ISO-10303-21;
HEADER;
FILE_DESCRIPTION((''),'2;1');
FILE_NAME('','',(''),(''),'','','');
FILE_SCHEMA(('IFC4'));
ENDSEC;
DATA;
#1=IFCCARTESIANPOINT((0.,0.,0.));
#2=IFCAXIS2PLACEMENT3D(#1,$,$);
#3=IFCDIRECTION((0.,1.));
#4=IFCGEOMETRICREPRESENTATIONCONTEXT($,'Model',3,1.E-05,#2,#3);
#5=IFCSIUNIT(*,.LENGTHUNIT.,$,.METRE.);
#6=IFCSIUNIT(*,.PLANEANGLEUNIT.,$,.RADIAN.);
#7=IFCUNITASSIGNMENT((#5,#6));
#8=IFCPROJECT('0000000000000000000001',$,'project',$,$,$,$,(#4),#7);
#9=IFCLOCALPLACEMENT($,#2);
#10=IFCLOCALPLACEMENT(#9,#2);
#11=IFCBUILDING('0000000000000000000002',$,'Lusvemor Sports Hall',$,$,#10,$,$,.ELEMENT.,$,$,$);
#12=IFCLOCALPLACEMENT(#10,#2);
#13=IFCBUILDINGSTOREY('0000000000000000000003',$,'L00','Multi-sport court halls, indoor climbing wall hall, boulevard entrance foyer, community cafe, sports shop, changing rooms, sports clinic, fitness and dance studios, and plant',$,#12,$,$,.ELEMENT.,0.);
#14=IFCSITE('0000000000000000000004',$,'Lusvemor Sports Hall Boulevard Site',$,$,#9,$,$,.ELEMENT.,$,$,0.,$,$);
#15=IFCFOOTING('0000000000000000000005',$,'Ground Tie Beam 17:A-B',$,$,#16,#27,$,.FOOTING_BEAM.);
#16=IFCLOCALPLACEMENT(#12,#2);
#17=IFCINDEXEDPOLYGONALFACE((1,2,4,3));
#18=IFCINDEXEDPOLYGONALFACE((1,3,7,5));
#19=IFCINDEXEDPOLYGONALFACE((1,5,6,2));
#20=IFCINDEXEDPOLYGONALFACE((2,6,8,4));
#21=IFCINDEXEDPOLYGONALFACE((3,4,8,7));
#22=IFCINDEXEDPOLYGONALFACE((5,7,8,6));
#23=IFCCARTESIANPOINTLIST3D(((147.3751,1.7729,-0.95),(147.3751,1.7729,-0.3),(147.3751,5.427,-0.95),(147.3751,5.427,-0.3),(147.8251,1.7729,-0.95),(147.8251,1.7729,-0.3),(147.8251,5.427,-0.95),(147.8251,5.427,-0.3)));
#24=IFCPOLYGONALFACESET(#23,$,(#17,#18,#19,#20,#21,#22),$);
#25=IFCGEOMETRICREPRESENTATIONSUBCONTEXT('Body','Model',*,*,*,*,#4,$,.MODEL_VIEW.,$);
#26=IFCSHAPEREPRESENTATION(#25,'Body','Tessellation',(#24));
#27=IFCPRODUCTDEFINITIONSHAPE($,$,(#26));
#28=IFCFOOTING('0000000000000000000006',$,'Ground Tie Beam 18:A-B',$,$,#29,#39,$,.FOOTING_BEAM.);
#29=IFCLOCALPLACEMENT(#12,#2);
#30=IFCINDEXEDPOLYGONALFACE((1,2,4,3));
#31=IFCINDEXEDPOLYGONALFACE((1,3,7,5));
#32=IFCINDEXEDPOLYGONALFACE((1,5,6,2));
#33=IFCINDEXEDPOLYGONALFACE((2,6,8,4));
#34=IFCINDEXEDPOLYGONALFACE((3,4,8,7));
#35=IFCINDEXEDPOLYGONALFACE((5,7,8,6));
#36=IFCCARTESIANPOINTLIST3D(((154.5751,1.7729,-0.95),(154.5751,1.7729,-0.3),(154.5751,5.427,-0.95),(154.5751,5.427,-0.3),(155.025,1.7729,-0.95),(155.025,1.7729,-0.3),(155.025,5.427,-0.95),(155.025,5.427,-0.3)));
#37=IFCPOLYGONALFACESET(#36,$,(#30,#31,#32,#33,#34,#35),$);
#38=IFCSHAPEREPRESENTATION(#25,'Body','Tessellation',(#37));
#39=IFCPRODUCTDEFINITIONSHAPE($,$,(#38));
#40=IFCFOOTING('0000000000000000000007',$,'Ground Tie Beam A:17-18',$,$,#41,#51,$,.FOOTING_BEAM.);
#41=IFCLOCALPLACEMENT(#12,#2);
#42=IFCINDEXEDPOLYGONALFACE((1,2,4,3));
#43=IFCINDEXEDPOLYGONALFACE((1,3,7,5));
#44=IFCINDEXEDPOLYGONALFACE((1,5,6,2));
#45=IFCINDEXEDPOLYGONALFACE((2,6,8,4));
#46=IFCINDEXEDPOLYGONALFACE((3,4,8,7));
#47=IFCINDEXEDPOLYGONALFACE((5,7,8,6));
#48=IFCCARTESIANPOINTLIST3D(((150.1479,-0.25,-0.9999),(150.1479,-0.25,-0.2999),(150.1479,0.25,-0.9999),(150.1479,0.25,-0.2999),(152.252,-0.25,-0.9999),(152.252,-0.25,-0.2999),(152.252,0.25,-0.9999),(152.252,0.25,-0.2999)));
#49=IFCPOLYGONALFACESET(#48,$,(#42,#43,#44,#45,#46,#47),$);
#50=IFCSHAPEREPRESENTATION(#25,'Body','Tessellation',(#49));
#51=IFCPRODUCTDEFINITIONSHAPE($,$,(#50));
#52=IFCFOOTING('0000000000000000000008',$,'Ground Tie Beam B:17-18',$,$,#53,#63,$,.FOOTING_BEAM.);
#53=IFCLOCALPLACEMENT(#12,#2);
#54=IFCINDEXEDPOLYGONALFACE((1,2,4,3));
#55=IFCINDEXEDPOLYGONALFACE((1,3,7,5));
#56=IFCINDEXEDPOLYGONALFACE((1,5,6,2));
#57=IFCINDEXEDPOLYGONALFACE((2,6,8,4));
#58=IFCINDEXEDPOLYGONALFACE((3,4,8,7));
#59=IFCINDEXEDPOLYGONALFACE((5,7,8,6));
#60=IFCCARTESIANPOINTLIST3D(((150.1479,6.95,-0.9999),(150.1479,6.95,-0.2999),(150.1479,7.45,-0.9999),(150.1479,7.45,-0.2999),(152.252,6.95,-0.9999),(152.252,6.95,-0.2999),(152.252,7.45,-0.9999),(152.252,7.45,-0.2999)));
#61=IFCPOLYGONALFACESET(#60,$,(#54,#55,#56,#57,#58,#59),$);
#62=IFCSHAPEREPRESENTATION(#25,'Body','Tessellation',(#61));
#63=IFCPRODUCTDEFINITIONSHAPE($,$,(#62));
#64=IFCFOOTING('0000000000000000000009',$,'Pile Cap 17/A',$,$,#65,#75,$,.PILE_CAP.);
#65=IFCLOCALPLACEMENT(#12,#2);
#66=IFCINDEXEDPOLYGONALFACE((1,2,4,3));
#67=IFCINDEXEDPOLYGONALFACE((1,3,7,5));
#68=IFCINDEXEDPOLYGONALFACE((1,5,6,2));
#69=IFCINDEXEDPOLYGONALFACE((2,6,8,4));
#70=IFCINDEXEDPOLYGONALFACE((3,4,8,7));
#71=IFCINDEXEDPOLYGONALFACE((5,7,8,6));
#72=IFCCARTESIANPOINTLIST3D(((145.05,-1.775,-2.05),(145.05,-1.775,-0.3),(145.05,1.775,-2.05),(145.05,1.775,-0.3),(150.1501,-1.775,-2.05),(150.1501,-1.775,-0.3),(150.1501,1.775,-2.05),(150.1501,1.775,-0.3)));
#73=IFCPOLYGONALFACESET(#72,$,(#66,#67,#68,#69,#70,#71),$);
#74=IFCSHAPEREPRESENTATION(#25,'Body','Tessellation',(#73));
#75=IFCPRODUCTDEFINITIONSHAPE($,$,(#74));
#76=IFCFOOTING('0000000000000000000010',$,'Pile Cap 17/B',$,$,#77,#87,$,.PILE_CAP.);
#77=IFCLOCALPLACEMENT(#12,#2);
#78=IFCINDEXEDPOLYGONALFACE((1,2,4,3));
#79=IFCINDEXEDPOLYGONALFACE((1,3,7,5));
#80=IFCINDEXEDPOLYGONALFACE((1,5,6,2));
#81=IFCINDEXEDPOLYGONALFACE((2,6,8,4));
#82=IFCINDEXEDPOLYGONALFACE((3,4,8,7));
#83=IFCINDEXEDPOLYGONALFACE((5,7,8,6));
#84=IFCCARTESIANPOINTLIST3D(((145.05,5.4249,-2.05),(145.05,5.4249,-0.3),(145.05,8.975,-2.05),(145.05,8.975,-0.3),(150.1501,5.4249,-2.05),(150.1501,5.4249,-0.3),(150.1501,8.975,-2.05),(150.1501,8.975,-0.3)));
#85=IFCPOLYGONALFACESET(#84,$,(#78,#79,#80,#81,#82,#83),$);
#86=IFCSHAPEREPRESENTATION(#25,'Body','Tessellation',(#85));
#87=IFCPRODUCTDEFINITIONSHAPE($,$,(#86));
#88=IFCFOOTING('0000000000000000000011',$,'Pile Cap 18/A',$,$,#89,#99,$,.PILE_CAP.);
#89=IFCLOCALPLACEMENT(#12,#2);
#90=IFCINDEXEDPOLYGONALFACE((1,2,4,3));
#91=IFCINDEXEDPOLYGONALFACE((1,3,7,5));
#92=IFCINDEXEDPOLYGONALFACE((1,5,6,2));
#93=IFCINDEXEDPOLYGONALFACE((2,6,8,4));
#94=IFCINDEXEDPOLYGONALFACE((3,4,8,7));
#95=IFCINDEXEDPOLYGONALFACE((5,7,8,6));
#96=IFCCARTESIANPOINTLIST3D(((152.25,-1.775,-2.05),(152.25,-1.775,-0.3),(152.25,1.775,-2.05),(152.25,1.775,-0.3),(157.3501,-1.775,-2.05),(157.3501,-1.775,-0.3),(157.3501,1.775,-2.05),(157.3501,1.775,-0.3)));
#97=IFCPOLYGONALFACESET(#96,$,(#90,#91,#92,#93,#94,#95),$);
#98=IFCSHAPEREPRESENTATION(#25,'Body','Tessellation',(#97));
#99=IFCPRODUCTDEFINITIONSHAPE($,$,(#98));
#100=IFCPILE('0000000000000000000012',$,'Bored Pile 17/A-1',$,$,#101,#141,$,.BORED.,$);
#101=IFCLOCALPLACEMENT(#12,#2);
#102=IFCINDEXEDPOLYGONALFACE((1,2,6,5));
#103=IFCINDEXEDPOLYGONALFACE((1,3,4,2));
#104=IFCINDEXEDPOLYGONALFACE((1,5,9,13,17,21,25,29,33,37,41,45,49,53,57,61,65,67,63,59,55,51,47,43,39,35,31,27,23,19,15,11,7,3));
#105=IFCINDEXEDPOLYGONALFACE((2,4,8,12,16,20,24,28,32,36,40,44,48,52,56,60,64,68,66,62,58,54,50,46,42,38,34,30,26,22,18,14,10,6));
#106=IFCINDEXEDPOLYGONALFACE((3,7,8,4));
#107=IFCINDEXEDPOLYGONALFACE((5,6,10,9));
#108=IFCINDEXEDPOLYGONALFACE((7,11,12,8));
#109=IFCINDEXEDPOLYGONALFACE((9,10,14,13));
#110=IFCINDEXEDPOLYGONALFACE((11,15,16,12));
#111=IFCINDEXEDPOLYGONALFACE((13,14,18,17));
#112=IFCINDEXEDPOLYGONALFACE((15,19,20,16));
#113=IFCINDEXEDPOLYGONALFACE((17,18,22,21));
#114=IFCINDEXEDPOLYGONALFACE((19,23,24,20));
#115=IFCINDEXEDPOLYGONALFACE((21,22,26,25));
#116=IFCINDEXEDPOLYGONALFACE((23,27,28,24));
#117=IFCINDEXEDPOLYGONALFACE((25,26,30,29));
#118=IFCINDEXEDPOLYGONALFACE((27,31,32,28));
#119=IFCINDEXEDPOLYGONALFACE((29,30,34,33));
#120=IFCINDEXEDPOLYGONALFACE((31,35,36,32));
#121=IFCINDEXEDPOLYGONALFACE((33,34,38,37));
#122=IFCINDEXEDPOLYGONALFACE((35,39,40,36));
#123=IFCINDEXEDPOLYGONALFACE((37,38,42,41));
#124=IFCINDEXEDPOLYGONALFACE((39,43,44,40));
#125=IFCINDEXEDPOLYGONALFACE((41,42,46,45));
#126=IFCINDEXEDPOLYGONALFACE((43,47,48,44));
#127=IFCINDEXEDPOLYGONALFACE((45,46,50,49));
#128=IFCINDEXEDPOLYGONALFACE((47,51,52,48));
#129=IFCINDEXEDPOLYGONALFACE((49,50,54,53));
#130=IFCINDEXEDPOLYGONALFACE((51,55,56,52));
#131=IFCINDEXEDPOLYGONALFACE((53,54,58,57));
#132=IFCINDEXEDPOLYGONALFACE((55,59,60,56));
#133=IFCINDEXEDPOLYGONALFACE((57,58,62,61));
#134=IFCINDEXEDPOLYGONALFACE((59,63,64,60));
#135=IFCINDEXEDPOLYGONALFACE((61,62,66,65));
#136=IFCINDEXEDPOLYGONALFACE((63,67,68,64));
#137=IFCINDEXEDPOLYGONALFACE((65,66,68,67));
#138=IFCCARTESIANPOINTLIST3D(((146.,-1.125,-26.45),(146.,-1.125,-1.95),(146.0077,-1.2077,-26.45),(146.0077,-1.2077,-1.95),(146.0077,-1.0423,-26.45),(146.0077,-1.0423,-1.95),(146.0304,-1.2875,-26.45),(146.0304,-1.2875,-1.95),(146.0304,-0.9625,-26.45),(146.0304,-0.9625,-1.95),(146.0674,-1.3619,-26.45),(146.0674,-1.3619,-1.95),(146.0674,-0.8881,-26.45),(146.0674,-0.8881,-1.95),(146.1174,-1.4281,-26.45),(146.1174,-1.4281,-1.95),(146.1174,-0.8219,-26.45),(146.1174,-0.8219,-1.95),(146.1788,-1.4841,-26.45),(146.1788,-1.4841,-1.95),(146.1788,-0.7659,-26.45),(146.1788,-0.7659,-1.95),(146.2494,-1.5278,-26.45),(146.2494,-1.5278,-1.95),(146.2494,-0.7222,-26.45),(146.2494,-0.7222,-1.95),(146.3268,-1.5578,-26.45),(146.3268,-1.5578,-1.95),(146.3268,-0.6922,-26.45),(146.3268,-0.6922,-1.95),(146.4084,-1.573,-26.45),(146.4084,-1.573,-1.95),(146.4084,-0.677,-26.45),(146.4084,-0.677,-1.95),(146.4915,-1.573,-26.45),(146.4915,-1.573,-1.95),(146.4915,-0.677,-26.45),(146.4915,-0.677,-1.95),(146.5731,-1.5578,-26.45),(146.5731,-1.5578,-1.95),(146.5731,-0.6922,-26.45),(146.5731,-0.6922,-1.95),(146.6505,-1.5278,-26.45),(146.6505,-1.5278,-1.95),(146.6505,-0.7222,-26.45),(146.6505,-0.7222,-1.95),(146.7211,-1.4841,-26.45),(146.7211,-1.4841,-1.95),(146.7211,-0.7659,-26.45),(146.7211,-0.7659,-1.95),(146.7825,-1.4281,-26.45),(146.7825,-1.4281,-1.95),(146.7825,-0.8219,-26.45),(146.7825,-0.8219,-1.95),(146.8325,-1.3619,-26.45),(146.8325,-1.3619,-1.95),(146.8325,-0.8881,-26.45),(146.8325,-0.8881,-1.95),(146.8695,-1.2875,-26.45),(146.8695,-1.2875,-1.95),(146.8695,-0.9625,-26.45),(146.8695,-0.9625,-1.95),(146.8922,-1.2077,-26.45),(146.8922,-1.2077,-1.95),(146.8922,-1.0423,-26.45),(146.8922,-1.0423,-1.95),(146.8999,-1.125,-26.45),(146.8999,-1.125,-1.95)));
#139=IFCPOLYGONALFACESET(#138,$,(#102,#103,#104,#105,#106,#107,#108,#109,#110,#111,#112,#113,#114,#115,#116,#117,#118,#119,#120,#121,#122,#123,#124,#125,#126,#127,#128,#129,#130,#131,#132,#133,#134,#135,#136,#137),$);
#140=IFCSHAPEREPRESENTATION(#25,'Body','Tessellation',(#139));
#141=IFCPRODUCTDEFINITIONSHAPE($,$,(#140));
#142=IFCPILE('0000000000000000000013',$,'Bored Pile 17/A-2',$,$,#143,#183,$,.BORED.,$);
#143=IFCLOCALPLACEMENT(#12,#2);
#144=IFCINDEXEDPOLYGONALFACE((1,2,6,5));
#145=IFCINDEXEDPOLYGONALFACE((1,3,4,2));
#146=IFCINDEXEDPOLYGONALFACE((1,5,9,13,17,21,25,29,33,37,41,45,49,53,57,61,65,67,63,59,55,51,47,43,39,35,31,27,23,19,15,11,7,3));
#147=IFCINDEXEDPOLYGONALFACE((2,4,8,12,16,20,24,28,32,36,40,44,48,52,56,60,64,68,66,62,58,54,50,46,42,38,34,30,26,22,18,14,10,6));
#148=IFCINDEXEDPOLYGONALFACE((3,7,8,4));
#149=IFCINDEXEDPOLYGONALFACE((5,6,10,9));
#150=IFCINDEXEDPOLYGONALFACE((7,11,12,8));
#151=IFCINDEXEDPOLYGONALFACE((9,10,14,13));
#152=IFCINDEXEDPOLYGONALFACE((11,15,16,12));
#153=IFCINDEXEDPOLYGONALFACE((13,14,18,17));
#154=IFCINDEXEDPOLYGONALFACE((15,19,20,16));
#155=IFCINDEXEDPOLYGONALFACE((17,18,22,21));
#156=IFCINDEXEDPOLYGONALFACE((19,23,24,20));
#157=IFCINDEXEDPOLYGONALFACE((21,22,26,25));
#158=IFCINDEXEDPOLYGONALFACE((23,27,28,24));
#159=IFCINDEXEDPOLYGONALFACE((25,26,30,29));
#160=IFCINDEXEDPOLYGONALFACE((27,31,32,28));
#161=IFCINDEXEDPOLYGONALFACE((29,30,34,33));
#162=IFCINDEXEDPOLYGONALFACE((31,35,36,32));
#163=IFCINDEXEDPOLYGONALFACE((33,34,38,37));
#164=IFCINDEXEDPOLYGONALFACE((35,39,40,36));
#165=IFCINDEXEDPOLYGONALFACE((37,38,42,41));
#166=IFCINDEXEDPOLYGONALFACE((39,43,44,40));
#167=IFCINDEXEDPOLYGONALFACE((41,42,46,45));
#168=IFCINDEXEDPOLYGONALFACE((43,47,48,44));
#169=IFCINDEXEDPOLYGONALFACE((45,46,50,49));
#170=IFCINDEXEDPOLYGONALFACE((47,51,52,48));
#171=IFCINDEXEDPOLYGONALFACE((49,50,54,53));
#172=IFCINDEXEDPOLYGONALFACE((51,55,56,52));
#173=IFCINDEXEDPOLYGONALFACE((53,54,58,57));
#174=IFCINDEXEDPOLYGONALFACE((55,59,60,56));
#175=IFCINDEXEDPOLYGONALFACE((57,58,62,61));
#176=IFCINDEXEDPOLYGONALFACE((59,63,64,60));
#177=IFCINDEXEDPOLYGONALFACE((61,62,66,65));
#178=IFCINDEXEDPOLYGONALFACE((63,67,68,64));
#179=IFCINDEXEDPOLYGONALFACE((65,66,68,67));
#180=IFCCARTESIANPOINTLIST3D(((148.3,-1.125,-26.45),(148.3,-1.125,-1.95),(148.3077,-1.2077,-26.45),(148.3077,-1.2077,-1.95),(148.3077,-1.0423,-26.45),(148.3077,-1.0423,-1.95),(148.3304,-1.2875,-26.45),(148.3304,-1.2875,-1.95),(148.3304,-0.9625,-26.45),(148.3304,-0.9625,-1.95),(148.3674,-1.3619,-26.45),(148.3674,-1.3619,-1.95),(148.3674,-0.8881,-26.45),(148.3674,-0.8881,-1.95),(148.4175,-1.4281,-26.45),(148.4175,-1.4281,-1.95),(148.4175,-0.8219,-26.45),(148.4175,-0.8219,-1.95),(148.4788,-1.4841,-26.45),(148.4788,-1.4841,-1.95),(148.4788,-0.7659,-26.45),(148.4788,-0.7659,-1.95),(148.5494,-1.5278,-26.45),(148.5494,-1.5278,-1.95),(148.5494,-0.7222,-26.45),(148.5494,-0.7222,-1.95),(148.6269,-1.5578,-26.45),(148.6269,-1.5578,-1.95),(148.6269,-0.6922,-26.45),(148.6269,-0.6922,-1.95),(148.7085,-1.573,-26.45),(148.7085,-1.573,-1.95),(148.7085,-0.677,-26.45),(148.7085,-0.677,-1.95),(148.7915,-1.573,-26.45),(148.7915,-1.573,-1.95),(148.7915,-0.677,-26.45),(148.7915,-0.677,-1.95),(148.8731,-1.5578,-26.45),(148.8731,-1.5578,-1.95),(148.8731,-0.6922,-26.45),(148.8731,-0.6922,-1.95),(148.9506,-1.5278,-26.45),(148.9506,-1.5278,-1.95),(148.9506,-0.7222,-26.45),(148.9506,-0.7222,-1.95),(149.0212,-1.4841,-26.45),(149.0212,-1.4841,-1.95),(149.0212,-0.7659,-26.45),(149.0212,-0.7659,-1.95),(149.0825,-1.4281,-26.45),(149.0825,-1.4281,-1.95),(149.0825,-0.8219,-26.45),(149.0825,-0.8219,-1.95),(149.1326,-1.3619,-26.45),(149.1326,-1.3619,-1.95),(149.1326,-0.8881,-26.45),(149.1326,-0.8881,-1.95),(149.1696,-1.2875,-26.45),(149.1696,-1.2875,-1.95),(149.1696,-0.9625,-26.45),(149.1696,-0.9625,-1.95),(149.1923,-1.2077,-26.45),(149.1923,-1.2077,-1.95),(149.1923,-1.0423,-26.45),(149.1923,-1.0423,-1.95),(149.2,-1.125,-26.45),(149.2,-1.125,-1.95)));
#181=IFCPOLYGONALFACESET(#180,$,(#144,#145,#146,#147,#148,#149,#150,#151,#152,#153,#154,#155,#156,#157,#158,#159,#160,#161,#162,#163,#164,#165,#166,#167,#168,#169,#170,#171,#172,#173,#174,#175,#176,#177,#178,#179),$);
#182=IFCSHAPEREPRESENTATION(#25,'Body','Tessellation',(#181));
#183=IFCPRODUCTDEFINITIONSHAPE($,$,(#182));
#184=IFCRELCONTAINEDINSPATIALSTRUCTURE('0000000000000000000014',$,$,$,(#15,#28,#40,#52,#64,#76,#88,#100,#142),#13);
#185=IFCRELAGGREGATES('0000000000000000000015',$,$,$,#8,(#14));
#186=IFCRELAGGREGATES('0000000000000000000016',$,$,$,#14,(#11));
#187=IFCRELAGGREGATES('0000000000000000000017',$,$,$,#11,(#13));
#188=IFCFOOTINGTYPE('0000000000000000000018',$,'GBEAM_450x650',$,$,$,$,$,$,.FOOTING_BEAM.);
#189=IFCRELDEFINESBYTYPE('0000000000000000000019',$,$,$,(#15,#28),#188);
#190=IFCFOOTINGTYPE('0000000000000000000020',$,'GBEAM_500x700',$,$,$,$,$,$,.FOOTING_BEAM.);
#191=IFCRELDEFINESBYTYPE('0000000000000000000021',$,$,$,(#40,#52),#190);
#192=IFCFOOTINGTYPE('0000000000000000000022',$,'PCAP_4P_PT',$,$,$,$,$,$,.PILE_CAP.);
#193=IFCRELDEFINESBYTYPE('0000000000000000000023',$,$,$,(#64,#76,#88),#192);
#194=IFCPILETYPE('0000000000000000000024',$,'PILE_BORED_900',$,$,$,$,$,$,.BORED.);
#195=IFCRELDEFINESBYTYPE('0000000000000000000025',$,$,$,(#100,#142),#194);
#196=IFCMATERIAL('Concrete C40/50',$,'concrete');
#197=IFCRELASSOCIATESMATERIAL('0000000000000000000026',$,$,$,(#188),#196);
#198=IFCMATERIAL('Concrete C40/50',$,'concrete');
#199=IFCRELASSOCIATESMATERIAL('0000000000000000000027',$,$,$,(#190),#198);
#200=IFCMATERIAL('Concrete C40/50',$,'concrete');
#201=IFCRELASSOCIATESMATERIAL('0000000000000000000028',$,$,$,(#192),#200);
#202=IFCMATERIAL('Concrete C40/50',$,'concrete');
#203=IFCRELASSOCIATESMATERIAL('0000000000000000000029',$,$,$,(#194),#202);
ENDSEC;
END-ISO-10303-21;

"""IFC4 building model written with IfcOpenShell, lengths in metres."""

from ifc_helpers import new_model, si_unit, direction, frame, origin, origin_2d, place, context, subcontext, project, spatial, rectangle, circle, extrude, material, material_profile, profile_set, type_object, element, save


model = new_model("IFC4")

# Units and contexts
model_context = context("Model", 3, precision=1e-05, world=origin(), true_north=direction((0.0, 1.0)))
body_context = subcontext(model_context, "Body", "Model", "MODEL_VIEW")
ifc_project = project(units=[si_unit("LENGTHUNIT", "METRE"), si_unit("PLANEANGLEUNIT", "RADIAN")], contexts=[model_context])

# Site, building, storey
site_placement = place(None, origin())
site = spatial("IfcSite", under=ifc_project, at=site_placement, Name="Lusvemor Sports Hall Boulevard Site", CompositionType="ELEMENT", RefElevation=0.0)
building_placement = place(site_placement, origin())
building = spatial("IfcBuilding", under=site, at=building_placement, Name="Lusvemor Sports Hall", CompositionType="ELEMENT")
storey_placement = place(building_placement, origin())
storey = spatial("IfcBuildingStorey", under=building, at=storey_placement, Name="L00", Description="Multi-sport court halls, indoor climbing wall hall, boulevard entrance foyer, community cafe, sports shop, changing rooms, sports clinic, fitness and dance studios, and plant", CompositionType="ELEMENT", Elevation=0.0)

# Footings
ifc_material_1 = material(Name="Concrete C40/50", Category="concrete")
ifc_material_profile_1 = material_profile(ifc_material_1, rectangle(XDim=0.45, YDim=0.6499, at=origin_2d()), Name="GB_450x650")
ifc_profile_set_1 = profile_set([ifc_material_profile_1], Name="Concrete C40/50")
footing_type_1 = type_object("IfcFootingType", Name="GBEAM_450x650", PredefinedType="FOOTING_BEAM", material=ifc_profile_set_1)
for number, where, z_axis, x_axis, name in (
    (1, (147.6001, 1.7729, -0.625), (0.0, 1.0, 0.0), (-1.0, 0.0, 0.0), "Ground Tie Beam 17:A-B"),
    (2, (154.8, 1.7729, -0.625), (0.0, 1.0, 0.0), (-1.0, 0.0, 0.0), "Ground Tie Beam 18:A-B"),
):
    element("IfcFooting", number, at=place(storey_placement, frame(where, z_axis=z_axis, x_axis=x_axis)), inside=storey, type_object=footing_type_1, Name=name, PredefinedType="FOOTING_BEAM", context=body_context, shape_type="SweptSolid", body=[
        extrude(rectangle(XDim=0.45, YDim=0.6499, at=origin_2d()), origin(), (0.0, 0.0, 1.0), 3.6541),
    ])
ifc_material_2 = material(Name="Concrete C40/50", Category="concrete")
ifc_material_profile_2 = material_profile(ifc_material_2, rectangle(XDim=0.5, YDim=0.7, at=origin_2d()), Name="GB_500x700")
ifc_profile_set_2 = profile_set([ifc_material_profile_2], Name="Concrete C40/50")
footing_type_2 = type_object("IfcFootingType", Name="GBEAM_500x700", PredefinedType="FOOTING_BEAM", material=ifc_profile_set_2)
for number, where, z_axis, x_axis, name in (
    (3, (150.1479, 0.0, -0.6499), (1.0, 0.0, 0.0), (0.0, 1.0, 0.0), "Ground Tie Beam A:17-18"),
    (4, (150.1479, 7.2, -0.6499), (1.0, 0.0, 0.0), (0.0, 1.0, 0.0), "Ground Tie Beam B:17-18"),
):
    element("IfcFooting", number, at=place(storey_placement, frame(where, z_axis=z_axis, x_axis=x_axis)), inside=storey, type_object=footing_type_2, Name=name, PredefinedType="FOOTING_BEAM", context=body_context, shape_type="SweptSolid", body=[
        extrude(rectangle(XDim=0.5, YDim=0.7, at=origin_2d()), origin(), (0.0, 0.0, 1.0), 2.104),
    ])
ifc_material_3 = material(Name="Concrete C40/50", Category="concrete")
footing_type_3 = type_object("IfcFootingType", Name="PCAP_4P_PT", PredefinedType="PILE_CAP", material=ifc_material_3)
for number, where, z_axis, x_axis, name in (
    (5, (147.6001, 0.0, -2.05), (0.0, 0.0, 1.0), (1.0, 0.0, 0.0), "Pile Cap 17/A"),
    (6, (147.6001, 7.2, -2.05), (0.0, 0.0, 1.0), (1.0, 0.0, 0.0), "Pile Cap 17/B"),
    (7, (154.8, 0.0, -2.05), (0.0, 0.0, 1.0), (1.0, 0.0, 0.0), "Pile Cap 18/A"),
):
    element("IfcFooting", number, at=place(storey_placement, frame(where, z_axis=z_axis, x_axis=x_axis)), inside=storey, type_object=footing_type_3, Name=name, PredefinedType="PILE_CAP", context=body_context, shape_type="SweptSolid", body=[
        extrude(rectangle(XDim=5.1001, YDim=3.55, at=origin_2d()), origin(), (0.0, 0.0, 1.0), 1.75),
    ])

# Piles
ifc_material_4 = material(Name="Concrete C40/50", Category="concrete")
ifc_material_profile_3 = material_profile(ifc_material_4, circle(Radius=0.45, at=origin_2d()), Name="PILE900")
ifc_profile_set_3 = profile_set([ifc_material_profile_3], Name="Concrete C40/50")
pile_type = type_object("IfcPileType", Name="PILE_BORED_900", PredefinedType="BORED", material=ifc_profile_set_3)
for number, where, z_axis, x_axis, name in (
    (8, (146.45, -1.125, -1.95), (0.0, 0.0, -1.0), (1.0, 0.0, 0.0), "Bored Pile 17/A-1"),
    (9, (148.75, -1.125, -1.95), (0.0, 0.0, -1.0), (1.0, 0.0, 0.0), "Bored Pile 17/A-2"),
):
    element("IfcPile", number, at=place(storey_placement, frame(where, z_axis=z_axis, x_axis=x_axis)), inside=storey, type_object=pile_type, Name=name, PredefinedType="BORED", context=body_context, shape_type="SweptSolid", body=[
        extrude(circle(Radius=0.45, at=origin_2d()), origin(), (0.0, 0.0, 1.0), 24.5),
    ])

save(model, "model.ifc")
